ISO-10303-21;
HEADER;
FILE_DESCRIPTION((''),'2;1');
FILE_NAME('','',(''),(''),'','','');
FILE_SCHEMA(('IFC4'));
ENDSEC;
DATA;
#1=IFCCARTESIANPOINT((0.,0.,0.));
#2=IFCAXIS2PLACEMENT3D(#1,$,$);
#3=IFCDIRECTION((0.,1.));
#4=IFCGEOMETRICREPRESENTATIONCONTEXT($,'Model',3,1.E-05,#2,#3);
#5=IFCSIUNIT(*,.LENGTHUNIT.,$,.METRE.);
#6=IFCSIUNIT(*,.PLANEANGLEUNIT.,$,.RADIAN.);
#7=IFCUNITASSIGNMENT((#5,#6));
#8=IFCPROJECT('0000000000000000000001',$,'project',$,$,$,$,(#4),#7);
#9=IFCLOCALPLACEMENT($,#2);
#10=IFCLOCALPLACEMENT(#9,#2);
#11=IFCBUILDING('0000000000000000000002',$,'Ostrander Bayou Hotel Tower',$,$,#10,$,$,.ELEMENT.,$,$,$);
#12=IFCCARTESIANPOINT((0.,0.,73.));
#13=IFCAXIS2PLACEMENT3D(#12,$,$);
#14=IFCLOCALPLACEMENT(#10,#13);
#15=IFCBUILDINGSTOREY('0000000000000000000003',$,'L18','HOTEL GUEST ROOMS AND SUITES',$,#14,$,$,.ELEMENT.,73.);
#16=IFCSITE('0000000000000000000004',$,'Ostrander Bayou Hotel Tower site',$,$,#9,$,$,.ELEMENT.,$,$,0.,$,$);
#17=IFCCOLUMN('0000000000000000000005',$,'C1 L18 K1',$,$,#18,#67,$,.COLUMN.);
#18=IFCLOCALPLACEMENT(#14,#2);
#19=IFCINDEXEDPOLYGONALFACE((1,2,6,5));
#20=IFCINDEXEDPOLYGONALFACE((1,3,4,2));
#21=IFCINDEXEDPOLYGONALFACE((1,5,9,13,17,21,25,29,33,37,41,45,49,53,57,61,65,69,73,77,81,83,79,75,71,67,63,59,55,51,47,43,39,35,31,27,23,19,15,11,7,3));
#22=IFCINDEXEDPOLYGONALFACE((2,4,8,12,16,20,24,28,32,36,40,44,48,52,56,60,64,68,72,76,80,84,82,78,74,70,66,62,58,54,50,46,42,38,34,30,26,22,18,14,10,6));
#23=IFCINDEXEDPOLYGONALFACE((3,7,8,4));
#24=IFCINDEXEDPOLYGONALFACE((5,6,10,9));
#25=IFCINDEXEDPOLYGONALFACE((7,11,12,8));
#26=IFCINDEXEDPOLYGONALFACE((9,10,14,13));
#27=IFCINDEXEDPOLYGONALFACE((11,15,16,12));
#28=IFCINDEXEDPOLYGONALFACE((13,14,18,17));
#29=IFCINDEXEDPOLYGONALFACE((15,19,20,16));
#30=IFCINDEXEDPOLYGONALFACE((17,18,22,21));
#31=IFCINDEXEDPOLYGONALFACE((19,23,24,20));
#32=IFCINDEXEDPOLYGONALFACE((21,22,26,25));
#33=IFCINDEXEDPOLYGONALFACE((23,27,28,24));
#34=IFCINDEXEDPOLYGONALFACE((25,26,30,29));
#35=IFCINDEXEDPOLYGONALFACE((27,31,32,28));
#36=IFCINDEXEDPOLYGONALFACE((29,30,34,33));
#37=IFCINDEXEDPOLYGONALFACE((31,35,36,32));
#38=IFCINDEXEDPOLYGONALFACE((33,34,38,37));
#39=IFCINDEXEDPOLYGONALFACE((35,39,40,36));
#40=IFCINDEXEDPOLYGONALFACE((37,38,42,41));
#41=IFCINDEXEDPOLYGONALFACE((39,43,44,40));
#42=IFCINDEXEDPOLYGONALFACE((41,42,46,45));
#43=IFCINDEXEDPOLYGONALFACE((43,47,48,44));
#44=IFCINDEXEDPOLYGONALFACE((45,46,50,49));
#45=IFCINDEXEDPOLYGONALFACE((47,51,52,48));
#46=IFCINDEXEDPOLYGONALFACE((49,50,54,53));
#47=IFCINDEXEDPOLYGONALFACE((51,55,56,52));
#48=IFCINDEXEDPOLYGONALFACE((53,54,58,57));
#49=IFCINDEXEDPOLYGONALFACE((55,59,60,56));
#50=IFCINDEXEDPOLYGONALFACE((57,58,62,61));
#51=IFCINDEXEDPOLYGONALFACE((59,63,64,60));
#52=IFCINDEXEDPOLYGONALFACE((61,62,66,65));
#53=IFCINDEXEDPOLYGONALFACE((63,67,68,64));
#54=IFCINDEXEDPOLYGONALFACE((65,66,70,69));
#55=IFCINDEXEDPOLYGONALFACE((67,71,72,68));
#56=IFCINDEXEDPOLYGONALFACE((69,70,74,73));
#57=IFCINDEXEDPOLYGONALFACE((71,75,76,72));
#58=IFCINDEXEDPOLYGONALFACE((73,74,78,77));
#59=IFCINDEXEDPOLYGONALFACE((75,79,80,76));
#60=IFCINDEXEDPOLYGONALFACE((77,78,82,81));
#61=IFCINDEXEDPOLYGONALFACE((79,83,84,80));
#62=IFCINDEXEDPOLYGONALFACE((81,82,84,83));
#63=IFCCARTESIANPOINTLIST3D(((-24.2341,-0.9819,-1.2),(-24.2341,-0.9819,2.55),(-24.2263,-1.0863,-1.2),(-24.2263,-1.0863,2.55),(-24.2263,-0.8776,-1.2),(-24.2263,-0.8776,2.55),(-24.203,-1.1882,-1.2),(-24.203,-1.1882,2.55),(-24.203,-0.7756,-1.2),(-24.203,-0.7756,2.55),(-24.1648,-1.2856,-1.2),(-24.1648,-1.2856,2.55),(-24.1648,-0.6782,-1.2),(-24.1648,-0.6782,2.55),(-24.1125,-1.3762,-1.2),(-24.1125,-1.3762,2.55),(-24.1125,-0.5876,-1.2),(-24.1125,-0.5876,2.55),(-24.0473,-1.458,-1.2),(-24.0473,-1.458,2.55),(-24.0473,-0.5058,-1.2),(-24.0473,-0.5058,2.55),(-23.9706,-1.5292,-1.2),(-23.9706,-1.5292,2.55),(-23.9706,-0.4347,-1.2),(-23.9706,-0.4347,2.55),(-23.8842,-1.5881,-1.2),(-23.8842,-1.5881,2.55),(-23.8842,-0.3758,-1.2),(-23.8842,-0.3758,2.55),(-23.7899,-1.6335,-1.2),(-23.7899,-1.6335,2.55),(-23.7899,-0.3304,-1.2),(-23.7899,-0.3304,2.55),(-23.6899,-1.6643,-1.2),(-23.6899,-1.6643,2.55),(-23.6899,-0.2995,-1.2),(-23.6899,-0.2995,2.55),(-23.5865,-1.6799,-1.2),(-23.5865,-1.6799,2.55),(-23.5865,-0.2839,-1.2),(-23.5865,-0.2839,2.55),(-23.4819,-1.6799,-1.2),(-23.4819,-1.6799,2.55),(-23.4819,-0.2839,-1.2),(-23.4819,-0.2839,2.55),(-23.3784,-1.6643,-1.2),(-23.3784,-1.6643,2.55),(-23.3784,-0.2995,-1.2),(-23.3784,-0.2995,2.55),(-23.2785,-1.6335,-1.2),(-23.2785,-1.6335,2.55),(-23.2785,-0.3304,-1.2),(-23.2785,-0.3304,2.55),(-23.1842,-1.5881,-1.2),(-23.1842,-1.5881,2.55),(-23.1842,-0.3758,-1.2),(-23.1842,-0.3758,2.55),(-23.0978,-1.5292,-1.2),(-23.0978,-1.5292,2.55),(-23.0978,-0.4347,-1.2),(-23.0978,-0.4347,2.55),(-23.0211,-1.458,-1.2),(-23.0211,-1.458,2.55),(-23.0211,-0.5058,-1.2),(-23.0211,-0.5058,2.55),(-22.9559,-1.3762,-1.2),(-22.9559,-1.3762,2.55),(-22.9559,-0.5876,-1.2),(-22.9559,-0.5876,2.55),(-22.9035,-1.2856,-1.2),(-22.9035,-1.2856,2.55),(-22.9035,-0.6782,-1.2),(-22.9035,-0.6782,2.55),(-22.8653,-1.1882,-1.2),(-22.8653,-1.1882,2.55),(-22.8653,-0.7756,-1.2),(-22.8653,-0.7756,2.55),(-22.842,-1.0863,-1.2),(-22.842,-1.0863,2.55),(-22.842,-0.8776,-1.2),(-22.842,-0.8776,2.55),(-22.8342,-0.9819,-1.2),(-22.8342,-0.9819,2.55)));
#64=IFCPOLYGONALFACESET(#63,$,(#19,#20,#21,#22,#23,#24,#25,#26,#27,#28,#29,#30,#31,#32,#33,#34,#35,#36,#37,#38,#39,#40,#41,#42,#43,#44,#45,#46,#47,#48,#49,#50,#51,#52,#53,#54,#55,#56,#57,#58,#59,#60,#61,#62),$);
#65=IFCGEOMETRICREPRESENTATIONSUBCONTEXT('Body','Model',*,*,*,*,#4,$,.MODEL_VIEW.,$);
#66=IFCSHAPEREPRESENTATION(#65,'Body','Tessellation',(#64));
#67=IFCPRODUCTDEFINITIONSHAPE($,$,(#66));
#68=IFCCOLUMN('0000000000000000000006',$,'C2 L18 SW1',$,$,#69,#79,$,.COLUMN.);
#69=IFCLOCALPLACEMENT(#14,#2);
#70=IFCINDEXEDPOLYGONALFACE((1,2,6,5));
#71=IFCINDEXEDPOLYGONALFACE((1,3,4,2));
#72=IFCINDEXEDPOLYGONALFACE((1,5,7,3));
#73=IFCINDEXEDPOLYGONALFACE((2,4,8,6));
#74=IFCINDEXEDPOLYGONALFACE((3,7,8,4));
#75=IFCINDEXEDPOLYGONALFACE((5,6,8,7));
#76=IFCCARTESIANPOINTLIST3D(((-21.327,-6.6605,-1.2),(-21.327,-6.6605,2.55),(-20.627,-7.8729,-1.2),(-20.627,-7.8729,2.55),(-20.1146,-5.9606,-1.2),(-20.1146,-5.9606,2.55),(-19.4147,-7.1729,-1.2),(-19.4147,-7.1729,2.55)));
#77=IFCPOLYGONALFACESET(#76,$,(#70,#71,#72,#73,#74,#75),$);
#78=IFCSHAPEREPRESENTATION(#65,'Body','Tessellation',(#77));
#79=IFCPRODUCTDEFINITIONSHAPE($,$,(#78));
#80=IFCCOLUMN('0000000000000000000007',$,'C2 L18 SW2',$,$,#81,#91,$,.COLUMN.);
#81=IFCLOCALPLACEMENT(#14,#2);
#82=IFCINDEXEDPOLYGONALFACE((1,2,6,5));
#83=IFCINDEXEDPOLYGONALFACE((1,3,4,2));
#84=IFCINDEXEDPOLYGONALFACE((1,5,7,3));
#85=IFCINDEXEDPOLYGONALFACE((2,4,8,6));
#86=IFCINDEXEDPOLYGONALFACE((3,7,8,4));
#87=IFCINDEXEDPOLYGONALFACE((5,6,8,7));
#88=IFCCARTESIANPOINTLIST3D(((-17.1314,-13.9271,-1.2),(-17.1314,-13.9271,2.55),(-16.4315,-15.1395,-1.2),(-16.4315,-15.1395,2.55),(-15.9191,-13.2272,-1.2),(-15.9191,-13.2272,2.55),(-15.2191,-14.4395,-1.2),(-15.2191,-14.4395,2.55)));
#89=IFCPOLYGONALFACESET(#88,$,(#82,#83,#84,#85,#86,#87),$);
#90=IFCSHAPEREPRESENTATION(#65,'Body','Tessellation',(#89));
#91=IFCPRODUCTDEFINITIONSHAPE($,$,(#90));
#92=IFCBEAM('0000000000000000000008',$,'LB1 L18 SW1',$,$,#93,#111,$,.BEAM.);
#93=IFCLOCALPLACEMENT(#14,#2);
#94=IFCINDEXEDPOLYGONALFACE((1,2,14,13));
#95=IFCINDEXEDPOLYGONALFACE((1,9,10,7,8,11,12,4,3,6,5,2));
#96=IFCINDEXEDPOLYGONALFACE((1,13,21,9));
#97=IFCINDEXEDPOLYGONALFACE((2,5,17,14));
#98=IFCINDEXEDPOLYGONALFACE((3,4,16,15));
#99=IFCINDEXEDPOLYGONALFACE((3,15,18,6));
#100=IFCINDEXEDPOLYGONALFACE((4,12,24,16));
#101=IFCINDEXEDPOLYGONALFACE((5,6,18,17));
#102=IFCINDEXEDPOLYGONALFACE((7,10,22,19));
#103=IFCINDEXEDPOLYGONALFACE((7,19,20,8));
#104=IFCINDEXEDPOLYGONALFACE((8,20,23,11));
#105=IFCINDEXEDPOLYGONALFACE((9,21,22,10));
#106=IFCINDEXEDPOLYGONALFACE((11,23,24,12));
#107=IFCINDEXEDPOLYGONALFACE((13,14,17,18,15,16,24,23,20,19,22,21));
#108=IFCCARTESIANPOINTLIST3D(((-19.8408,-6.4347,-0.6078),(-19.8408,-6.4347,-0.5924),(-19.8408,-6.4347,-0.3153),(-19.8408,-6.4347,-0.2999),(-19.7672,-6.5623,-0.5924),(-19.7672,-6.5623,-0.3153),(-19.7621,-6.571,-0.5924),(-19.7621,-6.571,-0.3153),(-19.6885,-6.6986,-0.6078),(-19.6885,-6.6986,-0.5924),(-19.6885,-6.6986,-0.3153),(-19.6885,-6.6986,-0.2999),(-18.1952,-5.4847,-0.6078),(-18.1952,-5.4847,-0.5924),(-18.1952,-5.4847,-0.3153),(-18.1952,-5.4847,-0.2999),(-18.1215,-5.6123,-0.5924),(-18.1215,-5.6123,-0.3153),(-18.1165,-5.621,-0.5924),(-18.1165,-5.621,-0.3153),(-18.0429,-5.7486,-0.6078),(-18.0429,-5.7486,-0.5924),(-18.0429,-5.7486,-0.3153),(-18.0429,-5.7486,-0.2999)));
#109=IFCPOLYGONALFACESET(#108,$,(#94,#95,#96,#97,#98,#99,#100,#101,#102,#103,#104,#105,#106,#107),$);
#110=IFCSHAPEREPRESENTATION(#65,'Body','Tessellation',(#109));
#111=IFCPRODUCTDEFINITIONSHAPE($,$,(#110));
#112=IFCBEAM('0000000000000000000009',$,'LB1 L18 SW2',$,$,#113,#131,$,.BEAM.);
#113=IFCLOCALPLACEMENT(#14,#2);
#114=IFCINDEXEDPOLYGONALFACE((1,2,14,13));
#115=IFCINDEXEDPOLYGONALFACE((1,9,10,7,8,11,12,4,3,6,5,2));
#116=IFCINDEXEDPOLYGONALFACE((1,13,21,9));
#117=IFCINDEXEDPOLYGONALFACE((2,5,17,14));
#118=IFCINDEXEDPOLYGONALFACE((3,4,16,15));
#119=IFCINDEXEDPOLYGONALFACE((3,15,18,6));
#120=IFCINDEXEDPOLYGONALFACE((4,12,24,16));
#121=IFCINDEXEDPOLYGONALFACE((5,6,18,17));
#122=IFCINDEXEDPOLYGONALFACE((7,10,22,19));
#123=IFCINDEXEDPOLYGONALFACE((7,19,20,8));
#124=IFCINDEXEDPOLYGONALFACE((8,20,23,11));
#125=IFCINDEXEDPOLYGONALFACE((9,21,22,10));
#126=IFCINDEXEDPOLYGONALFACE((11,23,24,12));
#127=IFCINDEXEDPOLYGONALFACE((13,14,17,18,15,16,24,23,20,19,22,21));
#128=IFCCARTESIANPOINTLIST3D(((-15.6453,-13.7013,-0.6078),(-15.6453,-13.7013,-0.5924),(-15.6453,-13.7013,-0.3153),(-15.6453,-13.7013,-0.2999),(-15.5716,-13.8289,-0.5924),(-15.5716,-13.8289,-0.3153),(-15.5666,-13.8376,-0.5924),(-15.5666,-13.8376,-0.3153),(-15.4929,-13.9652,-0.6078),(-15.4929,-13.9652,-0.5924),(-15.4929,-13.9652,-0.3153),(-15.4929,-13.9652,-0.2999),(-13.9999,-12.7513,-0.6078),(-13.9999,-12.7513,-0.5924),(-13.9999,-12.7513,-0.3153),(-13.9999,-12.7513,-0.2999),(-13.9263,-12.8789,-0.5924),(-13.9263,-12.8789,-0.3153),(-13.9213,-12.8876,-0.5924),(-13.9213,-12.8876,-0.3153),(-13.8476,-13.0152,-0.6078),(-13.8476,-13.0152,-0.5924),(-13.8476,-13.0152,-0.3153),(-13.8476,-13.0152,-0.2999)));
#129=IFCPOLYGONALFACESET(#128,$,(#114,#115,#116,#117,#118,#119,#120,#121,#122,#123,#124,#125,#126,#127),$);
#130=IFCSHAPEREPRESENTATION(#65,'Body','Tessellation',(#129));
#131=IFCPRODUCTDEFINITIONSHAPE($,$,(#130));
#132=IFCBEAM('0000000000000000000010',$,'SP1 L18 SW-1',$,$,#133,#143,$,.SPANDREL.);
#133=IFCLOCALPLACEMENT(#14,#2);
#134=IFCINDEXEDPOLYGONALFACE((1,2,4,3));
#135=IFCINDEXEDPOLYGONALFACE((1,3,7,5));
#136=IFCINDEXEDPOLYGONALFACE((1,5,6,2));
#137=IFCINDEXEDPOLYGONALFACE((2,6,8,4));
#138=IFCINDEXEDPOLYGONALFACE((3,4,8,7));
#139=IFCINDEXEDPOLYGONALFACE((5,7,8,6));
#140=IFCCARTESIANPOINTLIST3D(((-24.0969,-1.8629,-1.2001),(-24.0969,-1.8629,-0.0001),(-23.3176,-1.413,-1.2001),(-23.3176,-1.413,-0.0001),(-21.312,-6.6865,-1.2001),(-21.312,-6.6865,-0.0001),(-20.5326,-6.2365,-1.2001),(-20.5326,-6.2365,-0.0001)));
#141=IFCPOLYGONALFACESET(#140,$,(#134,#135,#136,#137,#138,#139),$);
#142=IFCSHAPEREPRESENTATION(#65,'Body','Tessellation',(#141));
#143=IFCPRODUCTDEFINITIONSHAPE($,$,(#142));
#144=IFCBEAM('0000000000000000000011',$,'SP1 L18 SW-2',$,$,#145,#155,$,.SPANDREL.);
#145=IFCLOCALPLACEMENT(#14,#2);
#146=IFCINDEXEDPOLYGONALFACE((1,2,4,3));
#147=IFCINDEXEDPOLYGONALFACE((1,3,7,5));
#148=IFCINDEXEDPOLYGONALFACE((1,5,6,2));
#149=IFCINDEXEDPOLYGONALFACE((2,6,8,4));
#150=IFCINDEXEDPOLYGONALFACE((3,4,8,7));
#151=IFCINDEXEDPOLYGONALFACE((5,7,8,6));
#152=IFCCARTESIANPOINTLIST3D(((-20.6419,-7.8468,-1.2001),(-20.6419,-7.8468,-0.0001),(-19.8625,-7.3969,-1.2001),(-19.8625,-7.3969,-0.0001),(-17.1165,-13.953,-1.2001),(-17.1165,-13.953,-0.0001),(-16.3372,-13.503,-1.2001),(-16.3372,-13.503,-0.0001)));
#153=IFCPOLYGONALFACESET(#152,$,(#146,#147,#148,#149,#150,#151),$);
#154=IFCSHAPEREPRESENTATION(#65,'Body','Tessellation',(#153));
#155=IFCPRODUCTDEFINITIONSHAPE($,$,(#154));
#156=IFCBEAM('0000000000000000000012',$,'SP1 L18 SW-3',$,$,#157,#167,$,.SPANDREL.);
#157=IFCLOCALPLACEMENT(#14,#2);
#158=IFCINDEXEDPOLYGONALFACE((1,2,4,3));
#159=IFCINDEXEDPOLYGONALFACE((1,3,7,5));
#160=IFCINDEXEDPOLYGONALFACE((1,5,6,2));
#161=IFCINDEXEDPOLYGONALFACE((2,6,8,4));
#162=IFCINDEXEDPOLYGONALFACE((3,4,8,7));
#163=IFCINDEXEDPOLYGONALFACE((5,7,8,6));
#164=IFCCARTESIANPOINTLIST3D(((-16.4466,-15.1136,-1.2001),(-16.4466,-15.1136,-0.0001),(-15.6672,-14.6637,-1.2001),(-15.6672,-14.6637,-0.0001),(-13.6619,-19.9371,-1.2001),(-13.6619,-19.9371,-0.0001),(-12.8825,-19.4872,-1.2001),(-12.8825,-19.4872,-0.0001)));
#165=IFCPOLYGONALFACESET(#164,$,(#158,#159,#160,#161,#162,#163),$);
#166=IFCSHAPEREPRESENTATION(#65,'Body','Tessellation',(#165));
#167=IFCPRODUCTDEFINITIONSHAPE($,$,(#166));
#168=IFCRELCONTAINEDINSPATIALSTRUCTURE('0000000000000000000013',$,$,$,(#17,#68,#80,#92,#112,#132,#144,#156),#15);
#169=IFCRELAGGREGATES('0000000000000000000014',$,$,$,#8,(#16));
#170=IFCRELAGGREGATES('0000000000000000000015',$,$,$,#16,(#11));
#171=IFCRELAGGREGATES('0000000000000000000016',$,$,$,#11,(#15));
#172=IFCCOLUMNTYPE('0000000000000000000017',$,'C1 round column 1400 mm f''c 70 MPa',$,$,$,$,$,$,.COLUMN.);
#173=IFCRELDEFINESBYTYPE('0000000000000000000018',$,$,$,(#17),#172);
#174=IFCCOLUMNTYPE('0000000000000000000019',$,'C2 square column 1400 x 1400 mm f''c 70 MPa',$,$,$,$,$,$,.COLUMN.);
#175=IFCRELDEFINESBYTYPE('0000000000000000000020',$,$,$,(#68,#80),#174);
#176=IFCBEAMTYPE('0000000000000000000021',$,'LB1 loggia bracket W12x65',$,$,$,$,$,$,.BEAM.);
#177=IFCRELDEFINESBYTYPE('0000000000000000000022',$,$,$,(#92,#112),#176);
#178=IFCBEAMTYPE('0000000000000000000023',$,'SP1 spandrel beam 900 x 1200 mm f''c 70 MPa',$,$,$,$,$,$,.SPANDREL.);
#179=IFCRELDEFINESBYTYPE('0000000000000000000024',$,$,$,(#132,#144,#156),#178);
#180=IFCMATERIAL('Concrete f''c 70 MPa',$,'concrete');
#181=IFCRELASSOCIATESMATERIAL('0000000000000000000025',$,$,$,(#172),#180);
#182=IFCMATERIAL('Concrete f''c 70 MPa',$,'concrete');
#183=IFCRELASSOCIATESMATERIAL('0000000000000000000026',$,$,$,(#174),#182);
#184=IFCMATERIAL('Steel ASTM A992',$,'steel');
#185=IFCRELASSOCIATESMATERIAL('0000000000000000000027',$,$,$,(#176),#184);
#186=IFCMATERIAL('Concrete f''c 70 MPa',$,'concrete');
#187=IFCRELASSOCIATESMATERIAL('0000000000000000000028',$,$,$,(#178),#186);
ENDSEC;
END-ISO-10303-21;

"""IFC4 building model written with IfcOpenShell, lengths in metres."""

from ifc_helpers import new_model, si_unit, direction, frame, origin, origin_2d, place, context, subcontext, project, spatial, rectangle, circle, i_section, extrude, material, material_profile, profile_set, type_object, element, save


model = new_model("IFC4")

# Units and contexts
model_context = context("Model", 3, precision=1e-05, world=origin(), true_north=direction((0.0, 1.0)))
body_context = subcontext(model_context, "Body", "Model", "MODEL_VIEW")
ifc_project = project(units=[si_unit("LENGTHUNIT", "METRE"), si_unit("PLANEANGLEUNIT", "RADIAN")], contexts=[model_context])

# Site, building, storey
site_placement = place(None, origin())
site = spatial("IfcSite", under=ifc_project, at=site_placement, Name="Ostrander Bayou Hotel Tower site", CompositionType="ELEMENT", RefElevation=0.0)
building_placement = place(site_placement, origin())
building = spatial("IfcBuilding", under=site, at=building_placement, Name="Ostrander Bayou Hotel Tower", CompositionType="ELEMENT")
storey_placement = place(building_placement, frame((0.0, 0.0, 73.0)))
storey = spatial("IfcBuildingStorey", under=building, at=storey_placement, Name="L18", Description="HOTEL GUEST ROOMS AND SUITES", CompositionType="ELEMENT", Elevation=73.0)

# Columns
ifc_material_1 = material(Name="Concrete f'c 70 MPa", Category="concrete")
ifc_material_profile_1 = material_profile(ifc_material_1, circle(Radius=0.7, at=origin_2d()))
ifc_profile_set_1 = profile_set([ifc_material_profile_1], Name="Concrete f'c 70 MPa")
column_type_1 = type_object("IfcColumnType", Name="C1 round column 1400 mm f'c 70 MPa", PredefinedType="COLUMN", material=ifc_profile_set_1)
column_placement = place(storey_placement, frame((-23.5342, -0.9819, -1.2), z_axis=(0.0, 0.0, 1.0), x_axis=(1.0, 0.0, 0.0)))
element("IfcColumn", 1, at=column_placement, inside=storey, type_object=column_type_1, Name="C1 L18 K1", PredefinedType="COLUMN", context=body_context, shape_type="SweptSolid", body=[
    extrude(circle(Radius=0.7, at=origin_2d()), origin(), (0.0, 0.0, 1.0), 3.75),
])
ifc_material_2 = material(Name="Concrete f'c 70 MPa", Category="concrete")
ifc_material_profile_2 = material_profile(ifc_material_2, rectangle(XDim=1.3999, YDim=1.3999, at=origin_2d()))
ifc_profile_set_2 = profile_set([ifc_material_profile_2], Name="Concrete f'c 70 MPa")
column_type_2 = type_object("IfcColumnType", Name="C2 square column 1400 x 1400 mm f'c 70 MPa", PredefinedType="COLUMN", material=ifc_profile_set_2)
for number, where, z_axis, x_axis, name in (
    (2, (-20.3708, -6.9167, -1.2), (0.0, 0.0, 1.0), (-0.5, 0.866025, 0.0), "C2 L18 SW1"),
    (3, (-16.1753, -14.1833, -1.2), (0.0, 0.0, 1.0), (-0.5, 0.866025, 0.0), "C2 L18 SW2"),
):
    element("IfcColumn", number, at=place(storey_placement, frame(where, z_axis=z_axis, x_axis=x_axis)), inside=storey, type_object=column_type_2, Name=name, PredefinedType="COLUMN", context=body_context, shape_type="SweptSolid", body=[
        extrude(rectangle(XDim=1.3999, YDim=1.3999, at=origin_2d()), origin(), (0.0, 0.0, 1.0), 3.75),
    ])

# Beams
ifc_material_3 = material(Name="Steel ASTM A992", Category="steel")
ifc_material_profile_3 = material_profile(ifc_material_3, i_section(OverallWidth=0.3047, OverallDepth=0.3079, WebThickness=0.01, FlangeThickness=0.0154, at=origin_2d()))
ifc_profile_set_3 = profile_set([ifc_material_profile_3], Name="Steel ASTM A992")
beam_type_1 = type_object("IfcBeamType", Name="LB1 loggia bracket W12x65", PredefinedType="BEAM", material=ifc_profile_set_3)
beam_1_placement = place(storey_placement, frame((-19.7646, -6.5667, -0.4539), z_axis=(0.866044, 0.499967, 0.0), x_axis=(-0.499967, 0.866044, 0.0)))
element("IfcBeam", 4, at=beam_1_placement, inside=storey, type_object=beam_type_1, Name="LB1 L18 SW1", PredefinedType="BEAM", context=body_context, shape_type="SweptSolid", body=[
    extrude(i_section(OverallWidth=0.3047, OverallDepth=0.3079, WebThickness=0.01, FlangeThickness=0.0154, at=origin_2d()), origin(), (0.0, 0.0, 1.0), 1.9001),
])
beam_2_placement = place(storey_placement, frame((-15.5691, -13.8333, -0.4539), z_axis=(0.866012, 0.500023, 0.0), x_axis=(-0.500023, 0.866012, 0.0)))
element("IfcBeam", 5, at=beam_2_placement, inside=storey, type_object=beam_type_1, Name="LB1 L18 SW2", PredefinedType="BEAM", context=body_context, shape_type="SweptSolid", body=[
    extrude(i_section(OverallWidth=0.3047, OverallDepth=0.3079, WebThickness=0.01, FlangeThickness=0.0154, at=origin_2d()), origin(), (0.0, 0.0, 1.0), 1.8999),
])
ifc_material_4 = material(Name="Concrete f'c 70 MPa", Category="concrete")
ifc_material_profile_4 = material_profile(ifc_material_4, rectangle(XDim=0.8999, YDim=1.2, at=origin_2d()))
ifc_profile_set_4 = profile_set([ifc_material_profile_4], Name="Concrete f'c 70 MPa")
beam_type_2 = type_object("IfcBeamType", Name="SP1 spandrel beam 900 x 1200 mm f'c 70 MPa", PredefinedType="SPANDREL", material=ifc_profile_set_4)
beam_3_placement = place(storey_placement, frame((-23.7073, -1.6379, -0.6001), z_axis=(0.50001, -0.86602, 0.0), x_axis=(0.86602, 0.50001, 0.0)))
element("IfcBeam", 6, at=beam_3_placement, inside=storey, type_object=beam_type_2, Name="SP1 L18 SW-1", PredefinedType="SPANDREL", context=body_context, shape_type="SweptSolid", body=[
    extrude(rectangle(XDim=0.8999, YDim=1.2, at=origin_2d()), origin(), (0.0, 0.0, 1.0), 5.5698),
])
beam_4_placement = place(storey_placement, frame((-20.2522, -7.6218, -0.6001), z_axis=(0.499997, -0.866027, 0.0), x_axis=(0.866027, 0.499997, 0.0)))
element("IfcBeam", 7, at=beam_4_placement, inside=storey, type_object=beam_type_2, Name="SP1 L18 SW-2", PredefinedType="SPANDREL", context=body_context, shape_type="SweptSolid", body=[
    extrude(rectangle(XDim=0.8999, YDim=1.2, at=origin_2d()), origin(), (0.0, 0.0, 1.0), 7.0508),
])
beam_5_placement = place(storey_placement, frame((-16.0569, -14.8887, -0.6001), z_axis=(0.499977, -0.866039, 0.0), x_axis=(0.866039, 0.499977, 0.0)))
element("IfcBeam", 8, at=beam_5_placement, inside=storey, type_object=beam_type_2, Name="SP1 L18 SW-3", PredefinedType="SPANDREL", context=body_context, shape_type="SweptSolid", body=[
    extrude(rectangle(XDim=0.8999, YDim=1.2, at=origin_2d()), origin(), (0.0, 0.0, 1.0), 5.5696),
])

save(model, "model.ifc")
